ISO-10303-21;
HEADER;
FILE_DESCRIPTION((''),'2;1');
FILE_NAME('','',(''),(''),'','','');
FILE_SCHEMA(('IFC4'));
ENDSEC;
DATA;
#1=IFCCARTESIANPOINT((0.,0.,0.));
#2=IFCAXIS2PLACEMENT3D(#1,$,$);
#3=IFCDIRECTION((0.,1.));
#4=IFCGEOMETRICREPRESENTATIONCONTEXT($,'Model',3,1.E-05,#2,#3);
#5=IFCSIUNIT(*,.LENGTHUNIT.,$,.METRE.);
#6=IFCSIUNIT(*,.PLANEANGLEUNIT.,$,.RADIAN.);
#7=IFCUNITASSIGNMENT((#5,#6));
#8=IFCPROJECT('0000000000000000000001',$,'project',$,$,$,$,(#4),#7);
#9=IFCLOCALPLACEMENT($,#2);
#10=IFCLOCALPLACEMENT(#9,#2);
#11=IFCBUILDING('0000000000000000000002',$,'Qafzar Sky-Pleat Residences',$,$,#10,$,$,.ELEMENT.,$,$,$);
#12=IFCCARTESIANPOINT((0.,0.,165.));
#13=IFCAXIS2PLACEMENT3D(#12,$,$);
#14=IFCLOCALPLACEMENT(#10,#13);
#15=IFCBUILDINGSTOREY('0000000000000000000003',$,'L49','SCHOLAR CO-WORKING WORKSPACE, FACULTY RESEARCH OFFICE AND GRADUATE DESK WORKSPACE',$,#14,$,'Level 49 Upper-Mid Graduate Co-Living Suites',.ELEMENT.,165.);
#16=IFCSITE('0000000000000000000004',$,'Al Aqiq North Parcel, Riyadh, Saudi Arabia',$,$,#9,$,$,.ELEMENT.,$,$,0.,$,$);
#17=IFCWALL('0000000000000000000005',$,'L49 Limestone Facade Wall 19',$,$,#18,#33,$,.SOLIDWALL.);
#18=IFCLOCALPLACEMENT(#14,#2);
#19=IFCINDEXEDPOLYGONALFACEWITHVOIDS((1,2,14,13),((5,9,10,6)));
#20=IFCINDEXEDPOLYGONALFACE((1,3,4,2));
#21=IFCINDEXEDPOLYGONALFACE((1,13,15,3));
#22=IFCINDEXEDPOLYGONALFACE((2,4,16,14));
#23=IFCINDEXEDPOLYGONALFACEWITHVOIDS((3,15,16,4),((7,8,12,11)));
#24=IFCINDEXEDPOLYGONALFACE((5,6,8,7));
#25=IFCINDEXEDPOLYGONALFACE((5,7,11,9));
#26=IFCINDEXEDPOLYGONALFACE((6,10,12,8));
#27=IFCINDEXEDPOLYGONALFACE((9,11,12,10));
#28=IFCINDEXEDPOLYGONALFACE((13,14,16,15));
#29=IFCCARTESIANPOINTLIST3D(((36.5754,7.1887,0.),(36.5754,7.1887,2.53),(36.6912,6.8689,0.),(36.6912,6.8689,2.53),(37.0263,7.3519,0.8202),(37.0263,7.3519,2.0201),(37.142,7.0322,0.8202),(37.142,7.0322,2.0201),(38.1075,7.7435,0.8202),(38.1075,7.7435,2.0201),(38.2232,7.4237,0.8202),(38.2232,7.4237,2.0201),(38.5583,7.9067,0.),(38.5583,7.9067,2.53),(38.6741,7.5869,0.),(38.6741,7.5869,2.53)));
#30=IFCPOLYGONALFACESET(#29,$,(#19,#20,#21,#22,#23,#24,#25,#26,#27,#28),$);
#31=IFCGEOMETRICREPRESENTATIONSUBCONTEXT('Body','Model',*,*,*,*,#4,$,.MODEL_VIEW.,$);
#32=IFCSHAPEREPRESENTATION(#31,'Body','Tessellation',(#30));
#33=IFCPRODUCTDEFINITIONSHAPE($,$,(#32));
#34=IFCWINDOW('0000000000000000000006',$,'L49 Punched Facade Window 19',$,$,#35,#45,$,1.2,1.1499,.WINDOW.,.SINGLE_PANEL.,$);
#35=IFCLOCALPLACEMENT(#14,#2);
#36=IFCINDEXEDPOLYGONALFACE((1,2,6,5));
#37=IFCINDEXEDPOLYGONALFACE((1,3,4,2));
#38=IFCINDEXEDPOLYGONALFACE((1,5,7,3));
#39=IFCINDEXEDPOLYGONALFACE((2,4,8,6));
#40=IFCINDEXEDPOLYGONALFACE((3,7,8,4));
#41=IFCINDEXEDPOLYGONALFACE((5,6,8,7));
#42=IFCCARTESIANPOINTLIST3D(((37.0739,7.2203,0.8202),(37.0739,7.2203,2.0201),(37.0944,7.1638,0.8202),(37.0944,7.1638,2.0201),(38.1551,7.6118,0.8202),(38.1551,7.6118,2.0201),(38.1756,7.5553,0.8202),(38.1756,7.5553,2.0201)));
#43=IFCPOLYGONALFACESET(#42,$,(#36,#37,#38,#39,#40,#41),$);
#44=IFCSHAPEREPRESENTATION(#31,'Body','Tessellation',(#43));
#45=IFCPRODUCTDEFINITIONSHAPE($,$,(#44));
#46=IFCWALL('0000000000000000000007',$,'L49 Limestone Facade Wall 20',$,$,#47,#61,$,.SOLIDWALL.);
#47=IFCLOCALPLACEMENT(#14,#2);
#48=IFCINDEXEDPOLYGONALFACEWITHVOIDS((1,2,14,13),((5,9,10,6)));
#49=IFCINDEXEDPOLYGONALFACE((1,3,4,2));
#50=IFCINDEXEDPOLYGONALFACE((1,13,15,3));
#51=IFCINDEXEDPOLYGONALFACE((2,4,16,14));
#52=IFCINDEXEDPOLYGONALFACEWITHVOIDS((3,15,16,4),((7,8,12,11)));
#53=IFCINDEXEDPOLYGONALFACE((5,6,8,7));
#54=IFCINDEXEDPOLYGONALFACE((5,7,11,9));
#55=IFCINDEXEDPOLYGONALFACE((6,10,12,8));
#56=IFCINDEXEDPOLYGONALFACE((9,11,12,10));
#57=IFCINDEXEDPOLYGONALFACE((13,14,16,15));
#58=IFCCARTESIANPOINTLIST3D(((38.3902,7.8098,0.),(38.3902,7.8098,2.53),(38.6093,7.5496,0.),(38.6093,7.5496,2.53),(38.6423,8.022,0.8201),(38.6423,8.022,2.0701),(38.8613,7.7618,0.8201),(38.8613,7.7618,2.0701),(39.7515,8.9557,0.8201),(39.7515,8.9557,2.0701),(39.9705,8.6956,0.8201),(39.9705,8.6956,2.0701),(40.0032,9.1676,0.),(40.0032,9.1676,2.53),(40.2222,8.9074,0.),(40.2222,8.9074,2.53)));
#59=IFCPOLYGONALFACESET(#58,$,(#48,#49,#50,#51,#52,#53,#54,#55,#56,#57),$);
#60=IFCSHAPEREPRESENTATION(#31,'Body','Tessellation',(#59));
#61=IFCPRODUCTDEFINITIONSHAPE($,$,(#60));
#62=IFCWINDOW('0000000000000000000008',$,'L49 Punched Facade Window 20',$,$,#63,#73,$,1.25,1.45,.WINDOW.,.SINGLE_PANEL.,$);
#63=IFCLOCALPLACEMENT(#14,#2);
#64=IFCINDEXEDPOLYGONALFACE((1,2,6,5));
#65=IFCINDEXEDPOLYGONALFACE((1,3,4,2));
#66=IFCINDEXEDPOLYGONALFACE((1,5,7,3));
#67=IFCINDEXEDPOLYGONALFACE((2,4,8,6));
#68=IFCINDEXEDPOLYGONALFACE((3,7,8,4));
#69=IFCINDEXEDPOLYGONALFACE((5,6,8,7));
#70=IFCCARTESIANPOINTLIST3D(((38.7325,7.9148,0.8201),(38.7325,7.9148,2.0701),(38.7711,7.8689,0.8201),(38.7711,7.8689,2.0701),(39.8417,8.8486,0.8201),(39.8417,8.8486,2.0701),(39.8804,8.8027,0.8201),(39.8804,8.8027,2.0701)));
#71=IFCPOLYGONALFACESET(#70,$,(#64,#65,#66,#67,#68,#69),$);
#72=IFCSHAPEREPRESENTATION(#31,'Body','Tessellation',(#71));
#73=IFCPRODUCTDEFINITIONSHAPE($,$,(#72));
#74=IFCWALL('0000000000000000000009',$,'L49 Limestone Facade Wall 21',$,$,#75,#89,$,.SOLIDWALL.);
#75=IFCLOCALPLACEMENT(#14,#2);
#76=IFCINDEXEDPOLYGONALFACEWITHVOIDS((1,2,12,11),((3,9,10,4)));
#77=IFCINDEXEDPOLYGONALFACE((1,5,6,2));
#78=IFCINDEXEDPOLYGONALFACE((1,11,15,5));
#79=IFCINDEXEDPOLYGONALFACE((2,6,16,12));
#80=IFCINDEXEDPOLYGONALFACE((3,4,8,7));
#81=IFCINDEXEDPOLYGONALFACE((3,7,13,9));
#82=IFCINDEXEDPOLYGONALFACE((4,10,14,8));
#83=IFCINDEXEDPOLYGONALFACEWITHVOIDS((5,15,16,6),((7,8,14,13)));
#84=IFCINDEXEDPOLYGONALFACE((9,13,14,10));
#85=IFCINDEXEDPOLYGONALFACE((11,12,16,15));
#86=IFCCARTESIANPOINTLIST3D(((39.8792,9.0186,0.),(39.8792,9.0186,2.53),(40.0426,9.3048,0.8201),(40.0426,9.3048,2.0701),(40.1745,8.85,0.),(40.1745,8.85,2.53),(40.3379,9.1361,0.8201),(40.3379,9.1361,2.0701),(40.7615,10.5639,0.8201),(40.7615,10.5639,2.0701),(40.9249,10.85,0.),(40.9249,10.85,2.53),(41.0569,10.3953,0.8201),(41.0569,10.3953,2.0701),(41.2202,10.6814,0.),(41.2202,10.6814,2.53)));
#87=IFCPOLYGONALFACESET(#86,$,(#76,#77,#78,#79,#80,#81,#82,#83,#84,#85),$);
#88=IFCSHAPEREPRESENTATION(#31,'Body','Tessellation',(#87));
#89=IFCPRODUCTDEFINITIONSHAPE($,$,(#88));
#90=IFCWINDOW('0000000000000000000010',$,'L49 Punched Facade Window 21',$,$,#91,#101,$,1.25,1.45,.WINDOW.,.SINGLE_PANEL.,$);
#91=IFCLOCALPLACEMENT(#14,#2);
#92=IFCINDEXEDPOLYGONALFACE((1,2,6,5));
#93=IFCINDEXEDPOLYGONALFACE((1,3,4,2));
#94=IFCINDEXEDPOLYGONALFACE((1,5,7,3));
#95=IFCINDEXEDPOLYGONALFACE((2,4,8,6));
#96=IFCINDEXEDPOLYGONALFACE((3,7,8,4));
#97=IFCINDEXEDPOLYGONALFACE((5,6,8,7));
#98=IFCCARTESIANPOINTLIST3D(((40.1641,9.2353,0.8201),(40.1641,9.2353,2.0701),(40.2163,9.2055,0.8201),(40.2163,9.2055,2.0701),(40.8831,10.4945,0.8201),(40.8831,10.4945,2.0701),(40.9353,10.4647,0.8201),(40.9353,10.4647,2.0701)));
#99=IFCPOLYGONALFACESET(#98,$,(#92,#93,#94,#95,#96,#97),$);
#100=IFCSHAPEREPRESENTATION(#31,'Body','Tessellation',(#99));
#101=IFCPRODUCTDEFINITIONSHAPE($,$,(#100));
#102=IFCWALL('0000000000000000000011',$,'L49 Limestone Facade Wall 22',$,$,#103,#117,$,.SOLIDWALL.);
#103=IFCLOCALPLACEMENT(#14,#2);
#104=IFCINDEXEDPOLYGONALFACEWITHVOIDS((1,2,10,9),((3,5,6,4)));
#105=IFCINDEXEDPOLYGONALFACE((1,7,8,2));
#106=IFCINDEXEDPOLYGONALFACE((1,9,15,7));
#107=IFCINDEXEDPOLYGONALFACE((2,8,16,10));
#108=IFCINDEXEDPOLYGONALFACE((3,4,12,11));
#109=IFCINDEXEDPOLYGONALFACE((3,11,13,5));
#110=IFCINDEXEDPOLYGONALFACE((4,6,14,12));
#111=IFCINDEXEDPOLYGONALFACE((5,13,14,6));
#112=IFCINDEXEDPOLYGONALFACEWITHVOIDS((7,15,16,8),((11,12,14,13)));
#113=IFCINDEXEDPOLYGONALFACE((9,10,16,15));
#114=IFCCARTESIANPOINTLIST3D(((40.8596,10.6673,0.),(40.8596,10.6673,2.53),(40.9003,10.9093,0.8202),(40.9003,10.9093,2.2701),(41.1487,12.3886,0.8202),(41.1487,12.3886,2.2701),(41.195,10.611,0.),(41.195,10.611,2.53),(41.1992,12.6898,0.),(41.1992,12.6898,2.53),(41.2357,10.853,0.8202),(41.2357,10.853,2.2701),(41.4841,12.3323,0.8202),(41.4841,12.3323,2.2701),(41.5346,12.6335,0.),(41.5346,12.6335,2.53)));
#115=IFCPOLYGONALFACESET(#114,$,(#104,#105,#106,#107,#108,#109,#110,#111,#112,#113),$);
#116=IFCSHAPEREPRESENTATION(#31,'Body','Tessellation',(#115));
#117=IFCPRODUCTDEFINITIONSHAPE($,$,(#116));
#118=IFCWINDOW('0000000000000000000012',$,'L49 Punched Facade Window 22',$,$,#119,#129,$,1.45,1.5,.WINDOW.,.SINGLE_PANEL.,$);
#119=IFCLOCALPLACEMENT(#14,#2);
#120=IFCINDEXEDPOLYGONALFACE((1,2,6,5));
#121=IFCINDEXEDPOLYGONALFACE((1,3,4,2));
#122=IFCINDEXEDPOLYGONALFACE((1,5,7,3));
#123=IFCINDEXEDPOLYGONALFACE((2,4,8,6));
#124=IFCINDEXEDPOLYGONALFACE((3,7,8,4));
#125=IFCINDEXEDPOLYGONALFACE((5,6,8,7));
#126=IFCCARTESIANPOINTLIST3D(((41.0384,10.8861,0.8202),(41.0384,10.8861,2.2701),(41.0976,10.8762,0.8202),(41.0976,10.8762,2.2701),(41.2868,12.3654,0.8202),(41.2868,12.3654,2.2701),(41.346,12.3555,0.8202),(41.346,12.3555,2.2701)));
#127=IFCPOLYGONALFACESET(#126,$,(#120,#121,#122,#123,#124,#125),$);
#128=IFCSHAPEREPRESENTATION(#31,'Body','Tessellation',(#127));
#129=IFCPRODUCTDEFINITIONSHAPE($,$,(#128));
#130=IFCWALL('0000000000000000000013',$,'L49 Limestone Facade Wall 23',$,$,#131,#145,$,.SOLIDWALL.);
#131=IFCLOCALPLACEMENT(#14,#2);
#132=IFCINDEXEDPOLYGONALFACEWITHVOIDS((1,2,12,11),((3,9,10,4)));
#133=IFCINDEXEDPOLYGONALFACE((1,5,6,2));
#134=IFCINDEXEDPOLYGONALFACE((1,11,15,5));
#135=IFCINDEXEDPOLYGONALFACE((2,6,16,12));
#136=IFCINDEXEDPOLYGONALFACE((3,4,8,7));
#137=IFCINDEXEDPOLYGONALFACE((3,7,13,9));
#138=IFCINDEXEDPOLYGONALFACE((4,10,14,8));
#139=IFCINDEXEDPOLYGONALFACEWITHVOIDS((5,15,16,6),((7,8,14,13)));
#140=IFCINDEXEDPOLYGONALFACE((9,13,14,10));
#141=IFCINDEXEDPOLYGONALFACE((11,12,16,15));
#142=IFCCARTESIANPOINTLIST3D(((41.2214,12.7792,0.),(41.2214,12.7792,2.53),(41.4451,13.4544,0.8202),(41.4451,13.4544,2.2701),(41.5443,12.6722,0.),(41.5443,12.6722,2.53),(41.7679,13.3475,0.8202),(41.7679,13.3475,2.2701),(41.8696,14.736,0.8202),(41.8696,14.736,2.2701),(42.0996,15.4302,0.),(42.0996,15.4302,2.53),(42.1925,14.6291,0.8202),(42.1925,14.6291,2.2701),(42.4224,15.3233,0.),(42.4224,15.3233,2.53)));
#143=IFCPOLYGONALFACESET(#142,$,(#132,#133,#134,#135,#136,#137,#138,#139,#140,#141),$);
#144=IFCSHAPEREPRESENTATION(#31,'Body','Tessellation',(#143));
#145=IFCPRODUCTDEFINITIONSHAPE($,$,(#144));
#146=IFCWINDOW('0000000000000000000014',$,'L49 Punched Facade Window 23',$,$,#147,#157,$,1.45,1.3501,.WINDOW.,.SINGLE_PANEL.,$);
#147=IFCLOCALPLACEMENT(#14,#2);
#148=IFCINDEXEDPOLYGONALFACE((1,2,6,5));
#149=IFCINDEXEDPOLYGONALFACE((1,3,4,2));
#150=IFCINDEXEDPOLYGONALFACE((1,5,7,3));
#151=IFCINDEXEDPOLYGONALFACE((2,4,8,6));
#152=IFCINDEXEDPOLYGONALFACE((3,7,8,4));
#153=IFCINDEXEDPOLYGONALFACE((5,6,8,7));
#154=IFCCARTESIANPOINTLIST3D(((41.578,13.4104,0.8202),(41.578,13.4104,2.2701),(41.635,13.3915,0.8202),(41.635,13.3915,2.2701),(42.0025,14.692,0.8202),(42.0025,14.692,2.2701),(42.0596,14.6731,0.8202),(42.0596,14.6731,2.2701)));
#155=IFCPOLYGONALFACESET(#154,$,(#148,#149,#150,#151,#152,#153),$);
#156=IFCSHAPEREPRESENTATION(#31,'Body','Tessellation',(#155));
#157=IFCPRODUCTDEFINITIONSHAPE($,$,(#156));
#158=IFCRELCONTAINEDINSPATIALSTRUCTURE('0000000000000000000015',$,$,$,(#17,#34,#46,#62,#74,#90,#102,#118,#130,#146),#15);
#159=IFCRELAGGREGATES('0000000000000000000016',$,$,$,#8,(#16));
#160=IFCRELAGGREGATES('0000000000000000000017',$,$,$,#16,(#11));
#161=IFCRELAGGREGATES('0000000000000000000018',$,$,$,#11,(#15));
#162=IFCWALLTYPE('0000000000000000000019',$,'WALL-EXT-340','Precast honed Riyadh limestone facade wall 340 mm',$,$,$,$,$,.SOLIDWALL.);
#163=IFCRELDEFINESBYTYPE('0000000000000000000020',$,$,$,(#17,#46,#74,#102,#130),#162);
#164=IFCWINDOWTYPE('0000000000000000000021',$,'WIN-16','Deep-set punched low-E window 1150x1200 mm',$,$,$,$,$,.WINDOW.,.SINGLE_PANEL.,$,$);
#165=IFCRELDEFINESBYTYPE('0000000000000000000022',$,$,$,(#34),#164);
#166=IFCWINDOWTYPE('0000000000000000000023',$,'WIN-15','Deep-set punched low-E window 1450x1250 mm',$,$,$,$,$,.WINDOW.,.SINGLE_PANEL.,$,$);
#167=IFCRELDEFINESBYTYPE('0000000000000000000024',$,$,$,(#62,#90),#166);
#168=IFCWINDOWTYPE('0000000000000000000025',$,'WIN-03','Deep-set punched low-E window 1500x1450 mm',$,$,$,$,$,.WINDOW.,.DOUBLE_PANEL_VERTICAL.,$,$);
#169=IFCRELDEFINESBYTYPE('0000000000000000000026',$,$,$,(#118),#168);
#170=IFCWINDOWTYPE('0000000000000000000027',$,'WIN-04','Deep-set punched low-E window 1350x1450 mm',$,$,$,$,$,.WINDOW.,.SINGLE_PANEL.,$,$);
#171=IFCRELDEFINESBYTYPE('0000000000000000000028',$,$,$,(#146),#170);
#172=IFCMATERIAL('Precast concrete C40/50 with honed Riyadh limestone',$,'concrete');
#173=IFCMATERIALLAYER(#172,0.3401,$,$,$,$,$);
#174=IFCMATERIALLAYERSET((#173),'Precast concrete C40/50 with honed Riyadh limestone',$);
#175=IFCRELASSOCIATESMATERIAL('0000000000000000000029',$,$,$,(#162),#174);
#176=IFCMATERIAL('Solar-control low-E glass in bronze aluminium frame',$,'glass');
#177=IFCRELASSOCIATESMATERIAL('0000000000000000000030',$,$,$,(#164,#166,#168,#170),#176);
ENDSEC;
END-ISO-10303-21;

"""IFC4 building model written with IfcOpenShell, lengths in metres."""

from ifc_helpers import new_model, si_unit, direction, frame, frame_2d, origin, place, context, subcontext, project, spatial, rectangle, extrude, source, transform, mapped, material, layer, layer_set, type_object, element, fill, save


model = new_model("IFC4")

# Units and contexts
model_context = context("Model", 3, precision=1e-05, world=origin(), true_north=direction((0.0, 1.0)))
body_context = subcontext(model_context, "Body", "Model", "MODEL_VIEW")
ifc_project = project(units=[si_unit("LENGTHUNIT", "METRE"), si_unit("PLANEANGLEUNIT", "RADIAN")], contexts=[model_context])

# Site, building, storey
site_placement = place(None, origin())
site = spatial("IfcSite", under=ifc_project, at=site_placement, Name="Al Aqiq North Parcel, Riyadh, Saudi Arabia", CompositionType="ELEMENT", RefElevation=0.0)
building_placement = place(site_placement, origin())
building = spatial("IfcBuilding", under=site, at=building_placement, Name="Qafzar Sky-Pleat Residences", CompositionType="ELEMENT")
storey_placement = place(building_placement, frame((0.0, 0.0, 165.0)))
storey = spatial("IfcBuildingStorey", under=building, at=storey_placement, Name="L49", Description="SCHOLAR CO-WORKING WORKSPACE, FACULTY RESEARCH OFFICE AND GRADUATE DESK WORKSPACE", LongName="Level 49 Upper-Mid Graduate Co-Living Suites", CompositionType="ELEMENT", Elevation=165.0)

# Walls, openings, windows
ifc_material_1 = material(Name="Precast concrete C40/50 with honed Riyadh limestone", Category="concrete")
ifc_layer_1 = layer(ifc_material_1, 0.3401)
ifc_layer_set_1 = layer_set([ifc_layer_1], Name="Precast concrete C40/50 with honed Riyadh limestone")
wall_type = type_object("IfcWallType", Name="WALL-EXT-340", Description="Precast honed Riyadh limestone facade wall 340 mm", PredefinedType="SOLIDWALL", material=ifc_layer_set_1)
wall_1_placement = place(storey_placement, frame((36.6333, 7.0288, 0.0), z_axis=(0.0, 0.0, 1.0), x_axis=(0.940256, 0.340469, 0.0)))
wall_1 = element("IfcWall", 1, at=wall_1_placement, inside=storey, type_object=wall_type, Name="L49 Limestone Facade Wall 19", PredefinedType="SOLIDWALL", context=body_context, shape_type="SweptSolid", body=[
    extrude(rectangle(XDim=2.1089, YDim=0.3401, at=frame_2d((1.0544, 0.0))), origin(), (0.0, 0.0, 1.0), 2.53),
])
opening_1_placement = place(wall_1_placement, frame((0.4795, 0.0, 0.8201)))
opening_1 = element("IfcOpeningElement", 2, at=opening_1_placement, cuts=wall_1, PredefinedType="OPENING", context=body_context, shape_type="SweptSolid", body=[
    extrude(rectangle(XDim=1.1499, YDim=1.2, at=frame_2d((0.575, 0.6001))), frame((0.0, 0.1802, 0.0), z_axis=(0.0, -1.0, 0.0), x_axis=(1.0, 0.0, 0.0)), (0.0, 0.0, 1.0), 0.3601),
])
ifc_material_2 = material(Name="Solar-control low-E glass in bronze aluminium frame", Category="glass")
window_type_1 = type_object("IfcWindowType", Name="WIN-16", Description="Deep-set punched low-E window 1150x1200 mm", PartitioningType="SINGLE_PANEL", PredefinedType="WINDOW", material=ifc_material_2)
shared_shape_1 = source(origin(), body_context, "Body", "SweptSolid", [
    extrude(rectangle(XDim=1.1499, YDim=1.2, at=frame_2d((0.575, 0.6001))), frame((0.0, 0.03, 0.0), z_axis=(0.0, -1.0, 0.0), x_axis=(1.0, 0.0, 0.0)), (0.0, 0.0, 1.0), 0.0601),
])
window_1_placement = place(opening_1_placement, origin())
window_1 = element("IfcWindow", 3, at=window_1_placement, inside=storey, type_object=window_type_1, Name="L49 Punched Facade Window 19", OverallHeight=1.2, OverallWidth=1.1499, PartitioningType="SINGLE_PANEL", PredefinedType="WINDOW", context=body_context, shape_type="MappedRepresentation", body=[
    mapped(shared_shape_1, transform((0.0, 0.0, 0.0), x_axis=(1.0, 0.0, 0.0), y_axis=(0.0, 1.0, 0.0), z_axis=(0.0, 0.0, 1.0), scale=1.0)),
])
fill(opening_1, window_1)
wall_2_placement = place(storey_placement, frame((38.4998, 7.6797, 0.0), z_axis=(0.0, 0.0, 1.0), x_axis=(0.765013, 0.644015, 0.0)))
wall_2 = element("IfcWall", 4, at=wall_2_placement, inside=storey, type_object=wall_type, Name="L49 Limestone Facade Wall 20", PredefinedType="SOLIDWALL", context=body_context, shape_type="SweptSolid", body=[
    extrude(rectangle(XDim=2.1084, YDim=0.3401, at=frame_2d((1.0542, 0.0))), origin(), (0.0, 0.0, 1.0), 2.53),
])
opening_2_placement = place(wall_2_placement, frame((0.3293, 0.0, 0.8201)))
opening_2 = element("IfcOpeningElement", 5, at=opening_2_placement, cuts=wall_2, PredefinedType="OPENING", context=body_context, shape_type="SweptSolid", body=[
    extrude(rectangle(XDim=1.45, YDim=1.25, at=frame_2d((0.7251, 0.625))), frame((0.0, 0.1802, 0.0), z_axis=(0.0, -1.0, 0.0), x_axis=(1.0, 0.0, 0.0)), (0.0, 0.0, 1.0), 0.3601),
])
window_type_2 = type_object("IfcWindowType", Name="WIN-15", Description="Deep-set punched low-E window 1450x1250 mm", PartitioningType="SINGLE_PANEL", PredefinedType="WINDOW", material=ifc_material_2)
shared_shape_2 = source(origin(), body_context, "Body", "SweptSolid", [
    extrude(rectangle(XDim=1.45, YDim=1.25, at=frame_2d((0.7251, 0.625))), frame((0.0, 0.03, 0.0), z_axis=(0.0, -1.0, 0.0), x_axis=(1.0, 0.0, 0.0)), (0.0, 0.0, 1.0), 0.0601),
])
window_2_placement = place(opening_2_placement, origin())
window_2 = element("IfcWindow", 6, at=window_2_placement, inside=storey, type_object=window_type_2, Name="L49 Punched Facade Window 20", OverallHeight=1.25, OverallWidth=1.45, PartitioningType="SINGLE_PANEL", PredefinedType="WINDOW", context=body_context, shape_type="MappedRepresentation", body=[
    mapped(shared_shape_2, transform((0.0, 0.0, 0.0), x_axis=(1.0, 0.0, 0.0), y_axis=(0.0, 1.0, 0.0), z_axis=(0.0, 0.0, 1.0), scale=1.0)),
])
fill(opening_2, window_2)
wall_3_placement = place(storey_placement, frame((40.0269, 8.9343, 0.0), z_axis=(0.0, 0.0, 1.0), x_axis=(0.495852, 0.868407, 0.0)))
wall_3 = element("IfcWall", 7, at=wall_3_placement, inside=storey, type_object=wall_type, Name="L49 Limestone Facade Wall 21", PredefinedType="SOLIDWALL", context=body_context, shape_type="SweptSolid", body=[
    extrude(rectangle(XDim=2.1089, YDim=0.3401, at=frame_2d((1.0544, 0.0))), origin(), (0.0, 0.0, 1.0), 2.53),
])
opening_3_placement = place(wall_3_placement, frame((0.3293, 0.0, 0.8201)))
opening_3 = element("IfcOpeningElement", 8, at=opening_3_placement, cuts=wall_3, PredefinedType="OPENING", context=body_context, shape_type="SweptSolid", body=[
    extrude(rectangle(XDim=1.45, YDim=1.25, at=frame_2d((0.7251, 0.625))), frame((0.0, 0.1802, 0.0), z_axis=(0.0, -1.0, 0.0), x_axis=(1.0, 0.0, 0.0)), (0.0, 0.0, 1.0), 0.3601),
])
window_3_placement = place(opening_3_placement, origin())
window_3 = element("IfcWindow", 9, at=window_3_placement, inside=storey, type_object=window_type_2, Name="L49 Punched Facade Window 21", OverallHeight=1.25, OverallWidth=1.45, PartitioningType="SINGLE_PANEL", PredefinedType="WINDOW", context=body_context, shape_type="MappedRepresentation", body=[
    mapped(shared_shape_2, transform((0.0, 0.0, 0.0), x_axis=(1.0, 0.0, 0.0), y_axis=(0.0, 1.0, 0.0), z_axis=(0.0, 0.0, 1.0), scale=1.0)),
])
fill(opening_3, window_3)
wall_4_placement = place(storey_placement, frame((41.0273, 10.6392, 0.0), z_axis=(0.0, 0.0, 1.0), x_axis=(0.165596, 0.986194, 0.0)))
wall_4 = element("IfcWall", 10, at=wall_4_placement, inside=storey, type_object=wall_type, Name="L49 Limestone Facade Wall 22", PredefinedType="SOLIDWALL", context=body_context, shape_type="SweptSolid", body=[
    extrude(rectangle(XDim=2.0508, YDim=0.3401, at=frame_2d((1.0254, 0.0))), origin(), (0.0, 0.0, 1.0), 2.53),
])
opening_4_placement = place(wall_4_placement, frame((0.2454, 0.0, 0.8201)))
opening_4 = element("IfcOpeningElement", 11, at=opening_4_placement, cuts=wall_4, PredefinedType="OPENING", context=body_context, shape_type="SweptSolid", body=[
    extrude(rectangle(XDim=1.5, YDim=1.45, at=frame_2d((0.75, 0.7251))), frame((0.0, 0.1802, 0.0), z_axis=(0.0, -1.0, 0.0), x_axis=(1.0, 0.0, 0.0)), (0.0, 0.0, 1.0), 0.3601),
])
window_type_3 = type_object("IfcWindowType", Name="WIN-03", Description="Deep-set punched low-E window 1500x1450 mm", PartitioningType="DOUBLE_PANEL_VERTICAL", PredefinedType="WINDOW", material=ifc_material_2)
shared_shape_3 = source(origin(), body_context, "Body", "SweptSolid", [
    extrude(rectangle(XDim=1.5, YDim=1.45, at=frame_2d((0.75, 0.7251))), frame((0.0, 0.03, 0.0), z_axis=(0.0, -1.0, 0.0), x_axis=(1.0, 0.0, 0.0)), (0.0, 0.0, 1.0), 0.0601),
])
window_4_placement = place(opening_4_placement, origin())
window_4 = element("IfcWindow", 12, at=window_4_placement, inside=storey, type_object=window_type_3, Name="L49 Punched Facade Window 22", OverallHeight=1.45, OverallWidth=1.5, PartitioningType="SINGLE_PANEL", PredefinedType="WINDOW", context=body_context, shape_type="MappedRepresentation", body=[
    mapped(shared_shape_3, transform((0.0, 0.0, 0.0), x_axis=(1.0, 0.0, 0.0), y_axis=(0.0, 1.0, 0.0), z_axis=(0.0, 0.0, 1.0), scale=1.0)),
])
fill(opening_4, window_4)
wall_5_placement = place(storey_placement, frame((41.3828, 12.7256, 0.0), z_axis=(0.0, 0.0, 1.0), x_axis=(0.314444, 0.949276, 0.0)))
wall_5 = element("IfcWall", 13, at=wall_5_placement, inside=storey, type_object=wall_type, Name="L49 Limestone Facade Wall 23", PredefinedType="SOLIDWALL", context=body_context, shape_type="SweptSolid", body=[
    extrude(rectangle(XDim=2.7927, YDim=0.3401, at=frame_2d((1.3965, 0.0))), origin(), (0.0, 0.0, 1.0), 2.53),
])
opening_5_placement = place(wall_5_placement, frame((0.7114, 0.0, 0.8201)))
opening_5 = element("IfcOpeningElement", 14, at=opening_5_placement, cuts=wall_5, PredefinedType="OPENING", context=body_context, shape_type="SweptSolid", body=[
    extrude(rectangle(XDim=1.3501, YDim=1.45, at=frame_2d((0.675, 0.7251))), frame((0.0, 0.1802, 0.0), z_axis=(0.0, -1.0, 0.0), x_axis=(1.0, 0.0, 0.0)), (0.0, 0.0, 1.0), 0.3601),
])
window_type_4 = type_object("IfcWindowType", Name="WIN-04", Description="Deep-set punched low-E window 1350x1450 mm", PartitioningType="SINGLE_PANEL", PredefinedType="WINDOW", material=ifc_material_2)
shared_shape_4 = source(origin(), body_context, "Body", "SweptSolid", [
    extrude(rectangle(XDim=1.3501, YDim=1.45, at=frame_2d((0.675, 0.7251))), frame((0.0, 0.03, 0.0), z_axis=(0.0, -1.0, 0.0), x_axis=(1.0, 0.0, 0.0)), (0.0, 0.0, 1.0), 0.0601),
])
window_5_placement = place(opening_5_placement, origin())
window_5 = element("IfcWindow", 15, at=window_5_placement, inside=storey, type_object=window_type_4, Name="L49 Punched Facade Window 23", OverallHeight=1.45, OverallWidth=1.3501, PartitioningType="SINGLE_PANEL", PredefinedType="WINDOW", context=body_context, shape_type="MappedRepresentation", body=[
    mapped(shared_shape_4, transform((0.0, 0.0, 0.0), x_axis=(1.0, 0.0, 0.0), y_axis=(0.0, 1.0, 0.0), z_axis=(0.0, 0.0, 1.0), scale=1.0)),
])
fill(opening_5, window_5)

save(model, "model.ifc")
